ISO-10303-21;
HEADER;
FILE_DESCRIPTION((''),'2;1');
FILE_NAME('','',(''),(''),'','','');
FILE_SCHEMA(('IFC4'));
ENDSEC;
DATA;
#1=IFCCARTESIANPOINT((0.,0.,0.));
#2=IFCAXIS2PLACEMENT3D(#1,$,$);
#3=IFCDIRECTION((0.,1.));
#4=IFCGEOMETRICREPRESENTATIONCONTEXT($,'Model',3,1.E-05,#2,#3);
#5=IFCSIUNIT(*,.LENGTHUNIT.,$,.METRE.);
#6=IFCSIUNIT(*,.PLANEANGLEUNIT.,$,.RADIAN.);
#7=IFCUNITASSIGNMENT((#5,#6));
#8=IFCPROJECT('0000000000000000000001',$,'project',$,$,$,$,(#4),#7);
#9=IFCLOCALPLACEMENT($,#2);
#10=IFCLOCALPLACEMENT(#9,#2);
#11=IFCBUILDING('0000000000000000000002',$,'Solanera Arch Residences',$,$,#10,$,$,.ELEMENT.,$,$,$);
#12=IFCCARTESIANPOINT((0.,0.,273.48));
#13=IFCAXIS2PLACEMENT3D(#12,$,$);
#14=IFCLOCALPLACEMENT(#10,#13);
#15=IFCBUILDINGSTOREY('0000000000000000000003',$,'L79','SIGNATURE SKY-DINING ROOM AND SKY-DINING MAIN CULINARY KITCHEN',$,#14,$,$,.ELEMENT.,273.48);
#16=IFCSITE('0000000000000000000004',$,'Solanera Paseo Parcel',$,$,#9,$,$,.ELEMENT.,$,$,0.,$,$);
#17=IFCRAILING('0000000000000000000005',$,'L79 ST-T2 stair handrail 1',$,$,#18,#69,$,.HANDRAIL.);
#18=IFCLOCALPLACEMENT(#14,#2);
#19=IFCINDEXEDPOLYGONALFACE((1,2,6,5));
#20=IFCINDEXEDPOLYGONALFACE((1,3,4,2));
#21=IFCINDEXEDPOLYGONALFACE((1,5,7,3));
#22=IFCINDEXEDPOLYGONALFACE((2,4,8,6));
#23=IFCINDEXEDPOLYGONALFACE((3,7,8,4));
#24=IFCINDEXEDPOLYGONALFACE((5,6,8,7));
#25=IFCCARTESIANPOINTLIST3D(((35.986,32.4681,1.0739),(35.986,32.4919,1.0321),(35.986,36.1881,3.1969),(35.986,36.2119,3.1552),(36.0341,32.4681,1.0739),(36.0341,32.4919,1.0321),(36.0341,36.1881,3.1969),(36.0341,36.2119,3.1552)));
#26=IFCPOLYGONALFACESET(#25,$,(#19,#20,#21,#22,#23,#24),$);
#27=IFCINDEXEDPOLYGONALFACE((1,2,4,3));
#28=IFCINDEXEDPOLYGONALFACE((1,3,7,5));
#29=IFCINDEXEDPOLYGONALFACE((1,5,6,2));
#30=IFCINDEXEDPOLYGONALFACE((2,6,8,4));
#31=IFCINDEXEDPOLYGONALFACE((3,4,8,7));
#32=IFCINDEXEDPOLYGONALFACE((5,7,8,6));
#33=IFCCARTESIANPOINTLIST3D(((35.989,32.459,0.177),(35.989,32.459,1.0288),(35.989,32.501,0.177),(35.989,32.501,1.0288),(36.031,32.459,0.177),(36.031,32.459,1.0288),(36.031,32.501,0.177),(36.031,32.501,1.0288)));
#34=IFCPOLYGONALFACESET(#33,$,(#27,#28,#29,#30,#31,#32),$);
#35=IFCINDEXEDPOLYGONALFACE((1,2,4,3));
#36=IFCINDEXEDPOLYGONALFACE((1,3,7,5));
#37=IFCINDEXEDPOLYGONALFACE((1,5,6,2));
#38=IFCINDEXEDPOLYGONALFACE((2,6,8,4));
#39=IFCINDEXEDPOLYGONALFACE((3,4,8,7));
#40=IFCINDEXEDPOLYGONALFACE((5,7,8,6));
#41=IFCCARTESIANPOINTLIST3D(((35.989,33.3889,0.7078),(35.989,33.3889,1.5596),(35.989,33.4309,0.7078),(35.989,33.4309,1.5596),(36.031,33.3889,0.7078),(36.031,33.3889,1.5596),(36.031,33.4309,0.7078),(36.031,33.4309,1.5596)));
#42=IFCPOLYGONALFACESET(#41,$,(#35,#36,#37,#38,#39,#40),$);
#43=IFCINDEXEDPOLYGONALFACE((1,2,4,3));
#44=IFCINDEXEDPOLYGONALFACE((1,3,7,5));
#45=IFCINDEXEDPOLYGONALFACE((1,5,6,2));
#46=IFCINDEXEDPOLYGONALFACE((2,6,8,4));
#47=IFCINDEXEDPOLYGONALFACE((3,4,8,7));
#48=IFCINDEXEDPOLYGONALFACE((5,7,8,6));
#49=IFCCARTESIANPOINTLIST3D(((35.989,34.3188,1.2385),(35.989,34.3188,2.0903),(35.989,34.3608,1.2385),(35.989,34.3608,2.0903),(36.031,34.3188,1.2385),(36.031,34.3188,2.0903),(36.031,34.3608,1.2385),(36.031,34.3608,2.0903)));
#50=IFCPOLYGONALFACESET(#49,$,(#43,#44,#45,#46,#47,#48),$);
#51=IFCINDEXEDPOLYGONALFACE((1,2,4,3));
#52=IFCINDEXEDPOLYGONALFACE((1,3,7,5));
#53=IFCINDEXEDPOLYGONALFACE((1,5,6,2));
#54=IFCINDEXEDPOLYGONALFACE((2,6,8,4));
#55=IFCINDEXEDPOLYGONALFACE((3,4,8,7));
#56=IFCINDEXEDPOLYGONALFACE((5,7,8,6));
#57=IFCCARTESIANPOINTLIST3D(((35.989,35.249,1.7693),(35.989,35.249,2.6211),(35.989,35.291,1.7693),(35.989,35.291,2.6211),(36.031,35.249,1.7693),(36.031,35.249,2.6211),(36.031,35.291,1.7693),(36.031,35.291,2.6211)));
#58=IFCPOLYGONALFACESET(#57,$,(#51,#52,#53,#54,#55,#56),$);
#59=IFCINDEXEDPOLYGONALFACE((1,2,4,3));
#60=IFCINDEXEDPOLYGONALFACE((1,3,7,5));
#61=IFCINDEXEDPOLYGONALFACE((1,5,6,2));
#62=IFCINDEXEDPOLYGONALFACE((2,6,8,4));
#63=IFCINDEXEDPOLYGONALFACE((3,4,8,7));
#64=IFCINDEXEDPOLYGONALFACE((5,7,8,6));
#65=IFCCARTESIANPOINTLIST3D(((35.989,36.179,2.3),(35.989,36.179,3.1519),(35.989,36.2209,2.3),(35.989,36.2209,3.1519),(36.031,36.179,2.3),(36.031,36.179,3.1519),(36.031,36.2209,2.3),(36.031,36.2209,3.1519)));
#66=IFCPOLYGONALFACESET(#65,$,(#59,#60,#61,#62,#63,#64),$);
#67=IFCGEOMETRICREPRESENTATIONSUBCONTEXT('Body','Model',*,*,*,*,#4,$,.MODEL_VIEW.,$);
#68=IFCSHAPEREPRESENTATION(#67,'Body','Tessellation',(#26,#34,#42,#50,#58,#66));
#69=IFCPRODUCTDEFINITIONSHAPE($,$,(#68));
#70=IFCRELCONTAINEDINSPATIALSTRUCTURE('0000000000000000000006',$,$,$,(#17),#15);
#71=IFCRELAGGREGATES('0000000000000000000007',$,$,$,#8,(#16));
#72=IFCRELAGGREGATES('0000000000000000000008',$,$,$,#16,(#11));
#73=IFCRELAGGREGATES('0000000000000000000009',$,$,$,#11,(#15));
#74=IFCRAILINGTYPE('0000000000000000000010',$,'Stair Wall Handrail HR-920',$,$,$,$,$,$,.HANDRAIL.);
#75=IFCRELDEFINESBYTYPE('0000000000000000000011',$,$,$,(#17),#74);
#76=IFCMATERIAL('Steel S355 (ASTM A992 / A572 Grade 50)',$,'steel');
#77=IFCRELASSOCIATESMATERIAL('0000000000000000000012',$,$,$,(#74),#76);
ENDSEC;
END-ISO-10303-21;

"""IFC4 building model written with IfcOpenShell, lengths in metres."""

from ifc_helpers import new_model, si_unit, direction, frame, origin, origin_2d, place, context, subcontext, project, spatial, rectangle, extrude, material, type_object, element, save


model = new_model("IFC4")

# Units and contexts
model_context = context("Model", 3, precision=1e-05, world=origin(), true_north=direction((0.0, 1.0)))
body_context = subcontext(model_context, "Body", "Model", "MODEL_VIEW")
ifc_project = project(units=[si_unit("LENGTHUNIT", "METRE"), si_unit("PLANEANGLEUNIT", "RADIAN")], contexts=[model_context])

# Site, building, storey
site_placement = place(None, origin())
site = spatial("IfcSite", under=ifc_project, at=site_placement, Name="Solanera Paseo Parcel", CompositionType="ELEMENT", RefElevation=0.0)
building_placement = place(site_placement, origin())
building = spatial("IfcBuilding", under=site, at=building_placement, Name="Solanera Arch Residences", CompositionType="ELEMENT")
storey_placement = place(building_placement, frame((0.0, 0.0, 273.48)))
storey = spatial("IfcBuildingStorey", under=building, at=storey_placement, Name="L79", Description="SIGNATURE SKY-DINING ROOM AND SKY-DINING MAIN CULINARY KITCHEN", CompositionType="ELEMENT", Elevation=273.48)

# Railing
ifc_material_1 = material(Name="Steel S355 (ASTM A992 / A572 Grade 50)", Category="steel")
railing_type_1 = type_object("IfcRailingType", Name="Stair Wall Handrail HR-920", PredefinedType="HANDRAIL", material=ifc_material_1)
railing_1_placement = place(storey_placement, frame((36.01, 32.48, 0.177)))
element("IfcRailing", 1, at=railing_1_placement, inside=storey, type_object=railing_type_1, Name="L79 ST-T2 stair handrail 1", PredefinedType="HANDRAIL", context=body_context, shape_type="SweptSolid", body=[
    extrude(rectangle(XDim=0.0481, YDim=0.0481, at=origin_2d()), frame((0.0, 0.0, 0.876), z_axis=(0.0, 0.86851, 0.495672), x_axis=(-1.0, 0.0, 0.0)), (0.0, 0.0, 1.0), 4.2832),
    extrude(rectangle(XDim=0.042, YDim=0.042, at=origin_2d()), origin(), (0.0, 0.0, 1.0), 0.8518),
    extrude(rectangle(XDim=0.042, YDim=0.042, at=origin_2d()), frame((0.0, 0.9299, 0.5308)), (0.0, 0.0, 1.0), 0.8518),
    extrude(rectangle(XDim=0.042, YDim=0.042, at=origin_2d()), frame((0.0, 1.8599, 1.0615)), (0.0, 0.0, 1.0), 0.8518),
    extrude(rectangle(XDim=0.042, YDim=0.042, at=origin_2d()), frame((0.0, 2.79, 1.5923)), (0.0, 0.0, 1.0), 0.8518),
    extrude(rectangle(XDim=0.042, YDim=0.042, at=origin_2d()), frame((0.0, 3.72, 2.123)), (0.0, 0.0, 1.0), 0.8518),
])

save(model, "model.ifc")
